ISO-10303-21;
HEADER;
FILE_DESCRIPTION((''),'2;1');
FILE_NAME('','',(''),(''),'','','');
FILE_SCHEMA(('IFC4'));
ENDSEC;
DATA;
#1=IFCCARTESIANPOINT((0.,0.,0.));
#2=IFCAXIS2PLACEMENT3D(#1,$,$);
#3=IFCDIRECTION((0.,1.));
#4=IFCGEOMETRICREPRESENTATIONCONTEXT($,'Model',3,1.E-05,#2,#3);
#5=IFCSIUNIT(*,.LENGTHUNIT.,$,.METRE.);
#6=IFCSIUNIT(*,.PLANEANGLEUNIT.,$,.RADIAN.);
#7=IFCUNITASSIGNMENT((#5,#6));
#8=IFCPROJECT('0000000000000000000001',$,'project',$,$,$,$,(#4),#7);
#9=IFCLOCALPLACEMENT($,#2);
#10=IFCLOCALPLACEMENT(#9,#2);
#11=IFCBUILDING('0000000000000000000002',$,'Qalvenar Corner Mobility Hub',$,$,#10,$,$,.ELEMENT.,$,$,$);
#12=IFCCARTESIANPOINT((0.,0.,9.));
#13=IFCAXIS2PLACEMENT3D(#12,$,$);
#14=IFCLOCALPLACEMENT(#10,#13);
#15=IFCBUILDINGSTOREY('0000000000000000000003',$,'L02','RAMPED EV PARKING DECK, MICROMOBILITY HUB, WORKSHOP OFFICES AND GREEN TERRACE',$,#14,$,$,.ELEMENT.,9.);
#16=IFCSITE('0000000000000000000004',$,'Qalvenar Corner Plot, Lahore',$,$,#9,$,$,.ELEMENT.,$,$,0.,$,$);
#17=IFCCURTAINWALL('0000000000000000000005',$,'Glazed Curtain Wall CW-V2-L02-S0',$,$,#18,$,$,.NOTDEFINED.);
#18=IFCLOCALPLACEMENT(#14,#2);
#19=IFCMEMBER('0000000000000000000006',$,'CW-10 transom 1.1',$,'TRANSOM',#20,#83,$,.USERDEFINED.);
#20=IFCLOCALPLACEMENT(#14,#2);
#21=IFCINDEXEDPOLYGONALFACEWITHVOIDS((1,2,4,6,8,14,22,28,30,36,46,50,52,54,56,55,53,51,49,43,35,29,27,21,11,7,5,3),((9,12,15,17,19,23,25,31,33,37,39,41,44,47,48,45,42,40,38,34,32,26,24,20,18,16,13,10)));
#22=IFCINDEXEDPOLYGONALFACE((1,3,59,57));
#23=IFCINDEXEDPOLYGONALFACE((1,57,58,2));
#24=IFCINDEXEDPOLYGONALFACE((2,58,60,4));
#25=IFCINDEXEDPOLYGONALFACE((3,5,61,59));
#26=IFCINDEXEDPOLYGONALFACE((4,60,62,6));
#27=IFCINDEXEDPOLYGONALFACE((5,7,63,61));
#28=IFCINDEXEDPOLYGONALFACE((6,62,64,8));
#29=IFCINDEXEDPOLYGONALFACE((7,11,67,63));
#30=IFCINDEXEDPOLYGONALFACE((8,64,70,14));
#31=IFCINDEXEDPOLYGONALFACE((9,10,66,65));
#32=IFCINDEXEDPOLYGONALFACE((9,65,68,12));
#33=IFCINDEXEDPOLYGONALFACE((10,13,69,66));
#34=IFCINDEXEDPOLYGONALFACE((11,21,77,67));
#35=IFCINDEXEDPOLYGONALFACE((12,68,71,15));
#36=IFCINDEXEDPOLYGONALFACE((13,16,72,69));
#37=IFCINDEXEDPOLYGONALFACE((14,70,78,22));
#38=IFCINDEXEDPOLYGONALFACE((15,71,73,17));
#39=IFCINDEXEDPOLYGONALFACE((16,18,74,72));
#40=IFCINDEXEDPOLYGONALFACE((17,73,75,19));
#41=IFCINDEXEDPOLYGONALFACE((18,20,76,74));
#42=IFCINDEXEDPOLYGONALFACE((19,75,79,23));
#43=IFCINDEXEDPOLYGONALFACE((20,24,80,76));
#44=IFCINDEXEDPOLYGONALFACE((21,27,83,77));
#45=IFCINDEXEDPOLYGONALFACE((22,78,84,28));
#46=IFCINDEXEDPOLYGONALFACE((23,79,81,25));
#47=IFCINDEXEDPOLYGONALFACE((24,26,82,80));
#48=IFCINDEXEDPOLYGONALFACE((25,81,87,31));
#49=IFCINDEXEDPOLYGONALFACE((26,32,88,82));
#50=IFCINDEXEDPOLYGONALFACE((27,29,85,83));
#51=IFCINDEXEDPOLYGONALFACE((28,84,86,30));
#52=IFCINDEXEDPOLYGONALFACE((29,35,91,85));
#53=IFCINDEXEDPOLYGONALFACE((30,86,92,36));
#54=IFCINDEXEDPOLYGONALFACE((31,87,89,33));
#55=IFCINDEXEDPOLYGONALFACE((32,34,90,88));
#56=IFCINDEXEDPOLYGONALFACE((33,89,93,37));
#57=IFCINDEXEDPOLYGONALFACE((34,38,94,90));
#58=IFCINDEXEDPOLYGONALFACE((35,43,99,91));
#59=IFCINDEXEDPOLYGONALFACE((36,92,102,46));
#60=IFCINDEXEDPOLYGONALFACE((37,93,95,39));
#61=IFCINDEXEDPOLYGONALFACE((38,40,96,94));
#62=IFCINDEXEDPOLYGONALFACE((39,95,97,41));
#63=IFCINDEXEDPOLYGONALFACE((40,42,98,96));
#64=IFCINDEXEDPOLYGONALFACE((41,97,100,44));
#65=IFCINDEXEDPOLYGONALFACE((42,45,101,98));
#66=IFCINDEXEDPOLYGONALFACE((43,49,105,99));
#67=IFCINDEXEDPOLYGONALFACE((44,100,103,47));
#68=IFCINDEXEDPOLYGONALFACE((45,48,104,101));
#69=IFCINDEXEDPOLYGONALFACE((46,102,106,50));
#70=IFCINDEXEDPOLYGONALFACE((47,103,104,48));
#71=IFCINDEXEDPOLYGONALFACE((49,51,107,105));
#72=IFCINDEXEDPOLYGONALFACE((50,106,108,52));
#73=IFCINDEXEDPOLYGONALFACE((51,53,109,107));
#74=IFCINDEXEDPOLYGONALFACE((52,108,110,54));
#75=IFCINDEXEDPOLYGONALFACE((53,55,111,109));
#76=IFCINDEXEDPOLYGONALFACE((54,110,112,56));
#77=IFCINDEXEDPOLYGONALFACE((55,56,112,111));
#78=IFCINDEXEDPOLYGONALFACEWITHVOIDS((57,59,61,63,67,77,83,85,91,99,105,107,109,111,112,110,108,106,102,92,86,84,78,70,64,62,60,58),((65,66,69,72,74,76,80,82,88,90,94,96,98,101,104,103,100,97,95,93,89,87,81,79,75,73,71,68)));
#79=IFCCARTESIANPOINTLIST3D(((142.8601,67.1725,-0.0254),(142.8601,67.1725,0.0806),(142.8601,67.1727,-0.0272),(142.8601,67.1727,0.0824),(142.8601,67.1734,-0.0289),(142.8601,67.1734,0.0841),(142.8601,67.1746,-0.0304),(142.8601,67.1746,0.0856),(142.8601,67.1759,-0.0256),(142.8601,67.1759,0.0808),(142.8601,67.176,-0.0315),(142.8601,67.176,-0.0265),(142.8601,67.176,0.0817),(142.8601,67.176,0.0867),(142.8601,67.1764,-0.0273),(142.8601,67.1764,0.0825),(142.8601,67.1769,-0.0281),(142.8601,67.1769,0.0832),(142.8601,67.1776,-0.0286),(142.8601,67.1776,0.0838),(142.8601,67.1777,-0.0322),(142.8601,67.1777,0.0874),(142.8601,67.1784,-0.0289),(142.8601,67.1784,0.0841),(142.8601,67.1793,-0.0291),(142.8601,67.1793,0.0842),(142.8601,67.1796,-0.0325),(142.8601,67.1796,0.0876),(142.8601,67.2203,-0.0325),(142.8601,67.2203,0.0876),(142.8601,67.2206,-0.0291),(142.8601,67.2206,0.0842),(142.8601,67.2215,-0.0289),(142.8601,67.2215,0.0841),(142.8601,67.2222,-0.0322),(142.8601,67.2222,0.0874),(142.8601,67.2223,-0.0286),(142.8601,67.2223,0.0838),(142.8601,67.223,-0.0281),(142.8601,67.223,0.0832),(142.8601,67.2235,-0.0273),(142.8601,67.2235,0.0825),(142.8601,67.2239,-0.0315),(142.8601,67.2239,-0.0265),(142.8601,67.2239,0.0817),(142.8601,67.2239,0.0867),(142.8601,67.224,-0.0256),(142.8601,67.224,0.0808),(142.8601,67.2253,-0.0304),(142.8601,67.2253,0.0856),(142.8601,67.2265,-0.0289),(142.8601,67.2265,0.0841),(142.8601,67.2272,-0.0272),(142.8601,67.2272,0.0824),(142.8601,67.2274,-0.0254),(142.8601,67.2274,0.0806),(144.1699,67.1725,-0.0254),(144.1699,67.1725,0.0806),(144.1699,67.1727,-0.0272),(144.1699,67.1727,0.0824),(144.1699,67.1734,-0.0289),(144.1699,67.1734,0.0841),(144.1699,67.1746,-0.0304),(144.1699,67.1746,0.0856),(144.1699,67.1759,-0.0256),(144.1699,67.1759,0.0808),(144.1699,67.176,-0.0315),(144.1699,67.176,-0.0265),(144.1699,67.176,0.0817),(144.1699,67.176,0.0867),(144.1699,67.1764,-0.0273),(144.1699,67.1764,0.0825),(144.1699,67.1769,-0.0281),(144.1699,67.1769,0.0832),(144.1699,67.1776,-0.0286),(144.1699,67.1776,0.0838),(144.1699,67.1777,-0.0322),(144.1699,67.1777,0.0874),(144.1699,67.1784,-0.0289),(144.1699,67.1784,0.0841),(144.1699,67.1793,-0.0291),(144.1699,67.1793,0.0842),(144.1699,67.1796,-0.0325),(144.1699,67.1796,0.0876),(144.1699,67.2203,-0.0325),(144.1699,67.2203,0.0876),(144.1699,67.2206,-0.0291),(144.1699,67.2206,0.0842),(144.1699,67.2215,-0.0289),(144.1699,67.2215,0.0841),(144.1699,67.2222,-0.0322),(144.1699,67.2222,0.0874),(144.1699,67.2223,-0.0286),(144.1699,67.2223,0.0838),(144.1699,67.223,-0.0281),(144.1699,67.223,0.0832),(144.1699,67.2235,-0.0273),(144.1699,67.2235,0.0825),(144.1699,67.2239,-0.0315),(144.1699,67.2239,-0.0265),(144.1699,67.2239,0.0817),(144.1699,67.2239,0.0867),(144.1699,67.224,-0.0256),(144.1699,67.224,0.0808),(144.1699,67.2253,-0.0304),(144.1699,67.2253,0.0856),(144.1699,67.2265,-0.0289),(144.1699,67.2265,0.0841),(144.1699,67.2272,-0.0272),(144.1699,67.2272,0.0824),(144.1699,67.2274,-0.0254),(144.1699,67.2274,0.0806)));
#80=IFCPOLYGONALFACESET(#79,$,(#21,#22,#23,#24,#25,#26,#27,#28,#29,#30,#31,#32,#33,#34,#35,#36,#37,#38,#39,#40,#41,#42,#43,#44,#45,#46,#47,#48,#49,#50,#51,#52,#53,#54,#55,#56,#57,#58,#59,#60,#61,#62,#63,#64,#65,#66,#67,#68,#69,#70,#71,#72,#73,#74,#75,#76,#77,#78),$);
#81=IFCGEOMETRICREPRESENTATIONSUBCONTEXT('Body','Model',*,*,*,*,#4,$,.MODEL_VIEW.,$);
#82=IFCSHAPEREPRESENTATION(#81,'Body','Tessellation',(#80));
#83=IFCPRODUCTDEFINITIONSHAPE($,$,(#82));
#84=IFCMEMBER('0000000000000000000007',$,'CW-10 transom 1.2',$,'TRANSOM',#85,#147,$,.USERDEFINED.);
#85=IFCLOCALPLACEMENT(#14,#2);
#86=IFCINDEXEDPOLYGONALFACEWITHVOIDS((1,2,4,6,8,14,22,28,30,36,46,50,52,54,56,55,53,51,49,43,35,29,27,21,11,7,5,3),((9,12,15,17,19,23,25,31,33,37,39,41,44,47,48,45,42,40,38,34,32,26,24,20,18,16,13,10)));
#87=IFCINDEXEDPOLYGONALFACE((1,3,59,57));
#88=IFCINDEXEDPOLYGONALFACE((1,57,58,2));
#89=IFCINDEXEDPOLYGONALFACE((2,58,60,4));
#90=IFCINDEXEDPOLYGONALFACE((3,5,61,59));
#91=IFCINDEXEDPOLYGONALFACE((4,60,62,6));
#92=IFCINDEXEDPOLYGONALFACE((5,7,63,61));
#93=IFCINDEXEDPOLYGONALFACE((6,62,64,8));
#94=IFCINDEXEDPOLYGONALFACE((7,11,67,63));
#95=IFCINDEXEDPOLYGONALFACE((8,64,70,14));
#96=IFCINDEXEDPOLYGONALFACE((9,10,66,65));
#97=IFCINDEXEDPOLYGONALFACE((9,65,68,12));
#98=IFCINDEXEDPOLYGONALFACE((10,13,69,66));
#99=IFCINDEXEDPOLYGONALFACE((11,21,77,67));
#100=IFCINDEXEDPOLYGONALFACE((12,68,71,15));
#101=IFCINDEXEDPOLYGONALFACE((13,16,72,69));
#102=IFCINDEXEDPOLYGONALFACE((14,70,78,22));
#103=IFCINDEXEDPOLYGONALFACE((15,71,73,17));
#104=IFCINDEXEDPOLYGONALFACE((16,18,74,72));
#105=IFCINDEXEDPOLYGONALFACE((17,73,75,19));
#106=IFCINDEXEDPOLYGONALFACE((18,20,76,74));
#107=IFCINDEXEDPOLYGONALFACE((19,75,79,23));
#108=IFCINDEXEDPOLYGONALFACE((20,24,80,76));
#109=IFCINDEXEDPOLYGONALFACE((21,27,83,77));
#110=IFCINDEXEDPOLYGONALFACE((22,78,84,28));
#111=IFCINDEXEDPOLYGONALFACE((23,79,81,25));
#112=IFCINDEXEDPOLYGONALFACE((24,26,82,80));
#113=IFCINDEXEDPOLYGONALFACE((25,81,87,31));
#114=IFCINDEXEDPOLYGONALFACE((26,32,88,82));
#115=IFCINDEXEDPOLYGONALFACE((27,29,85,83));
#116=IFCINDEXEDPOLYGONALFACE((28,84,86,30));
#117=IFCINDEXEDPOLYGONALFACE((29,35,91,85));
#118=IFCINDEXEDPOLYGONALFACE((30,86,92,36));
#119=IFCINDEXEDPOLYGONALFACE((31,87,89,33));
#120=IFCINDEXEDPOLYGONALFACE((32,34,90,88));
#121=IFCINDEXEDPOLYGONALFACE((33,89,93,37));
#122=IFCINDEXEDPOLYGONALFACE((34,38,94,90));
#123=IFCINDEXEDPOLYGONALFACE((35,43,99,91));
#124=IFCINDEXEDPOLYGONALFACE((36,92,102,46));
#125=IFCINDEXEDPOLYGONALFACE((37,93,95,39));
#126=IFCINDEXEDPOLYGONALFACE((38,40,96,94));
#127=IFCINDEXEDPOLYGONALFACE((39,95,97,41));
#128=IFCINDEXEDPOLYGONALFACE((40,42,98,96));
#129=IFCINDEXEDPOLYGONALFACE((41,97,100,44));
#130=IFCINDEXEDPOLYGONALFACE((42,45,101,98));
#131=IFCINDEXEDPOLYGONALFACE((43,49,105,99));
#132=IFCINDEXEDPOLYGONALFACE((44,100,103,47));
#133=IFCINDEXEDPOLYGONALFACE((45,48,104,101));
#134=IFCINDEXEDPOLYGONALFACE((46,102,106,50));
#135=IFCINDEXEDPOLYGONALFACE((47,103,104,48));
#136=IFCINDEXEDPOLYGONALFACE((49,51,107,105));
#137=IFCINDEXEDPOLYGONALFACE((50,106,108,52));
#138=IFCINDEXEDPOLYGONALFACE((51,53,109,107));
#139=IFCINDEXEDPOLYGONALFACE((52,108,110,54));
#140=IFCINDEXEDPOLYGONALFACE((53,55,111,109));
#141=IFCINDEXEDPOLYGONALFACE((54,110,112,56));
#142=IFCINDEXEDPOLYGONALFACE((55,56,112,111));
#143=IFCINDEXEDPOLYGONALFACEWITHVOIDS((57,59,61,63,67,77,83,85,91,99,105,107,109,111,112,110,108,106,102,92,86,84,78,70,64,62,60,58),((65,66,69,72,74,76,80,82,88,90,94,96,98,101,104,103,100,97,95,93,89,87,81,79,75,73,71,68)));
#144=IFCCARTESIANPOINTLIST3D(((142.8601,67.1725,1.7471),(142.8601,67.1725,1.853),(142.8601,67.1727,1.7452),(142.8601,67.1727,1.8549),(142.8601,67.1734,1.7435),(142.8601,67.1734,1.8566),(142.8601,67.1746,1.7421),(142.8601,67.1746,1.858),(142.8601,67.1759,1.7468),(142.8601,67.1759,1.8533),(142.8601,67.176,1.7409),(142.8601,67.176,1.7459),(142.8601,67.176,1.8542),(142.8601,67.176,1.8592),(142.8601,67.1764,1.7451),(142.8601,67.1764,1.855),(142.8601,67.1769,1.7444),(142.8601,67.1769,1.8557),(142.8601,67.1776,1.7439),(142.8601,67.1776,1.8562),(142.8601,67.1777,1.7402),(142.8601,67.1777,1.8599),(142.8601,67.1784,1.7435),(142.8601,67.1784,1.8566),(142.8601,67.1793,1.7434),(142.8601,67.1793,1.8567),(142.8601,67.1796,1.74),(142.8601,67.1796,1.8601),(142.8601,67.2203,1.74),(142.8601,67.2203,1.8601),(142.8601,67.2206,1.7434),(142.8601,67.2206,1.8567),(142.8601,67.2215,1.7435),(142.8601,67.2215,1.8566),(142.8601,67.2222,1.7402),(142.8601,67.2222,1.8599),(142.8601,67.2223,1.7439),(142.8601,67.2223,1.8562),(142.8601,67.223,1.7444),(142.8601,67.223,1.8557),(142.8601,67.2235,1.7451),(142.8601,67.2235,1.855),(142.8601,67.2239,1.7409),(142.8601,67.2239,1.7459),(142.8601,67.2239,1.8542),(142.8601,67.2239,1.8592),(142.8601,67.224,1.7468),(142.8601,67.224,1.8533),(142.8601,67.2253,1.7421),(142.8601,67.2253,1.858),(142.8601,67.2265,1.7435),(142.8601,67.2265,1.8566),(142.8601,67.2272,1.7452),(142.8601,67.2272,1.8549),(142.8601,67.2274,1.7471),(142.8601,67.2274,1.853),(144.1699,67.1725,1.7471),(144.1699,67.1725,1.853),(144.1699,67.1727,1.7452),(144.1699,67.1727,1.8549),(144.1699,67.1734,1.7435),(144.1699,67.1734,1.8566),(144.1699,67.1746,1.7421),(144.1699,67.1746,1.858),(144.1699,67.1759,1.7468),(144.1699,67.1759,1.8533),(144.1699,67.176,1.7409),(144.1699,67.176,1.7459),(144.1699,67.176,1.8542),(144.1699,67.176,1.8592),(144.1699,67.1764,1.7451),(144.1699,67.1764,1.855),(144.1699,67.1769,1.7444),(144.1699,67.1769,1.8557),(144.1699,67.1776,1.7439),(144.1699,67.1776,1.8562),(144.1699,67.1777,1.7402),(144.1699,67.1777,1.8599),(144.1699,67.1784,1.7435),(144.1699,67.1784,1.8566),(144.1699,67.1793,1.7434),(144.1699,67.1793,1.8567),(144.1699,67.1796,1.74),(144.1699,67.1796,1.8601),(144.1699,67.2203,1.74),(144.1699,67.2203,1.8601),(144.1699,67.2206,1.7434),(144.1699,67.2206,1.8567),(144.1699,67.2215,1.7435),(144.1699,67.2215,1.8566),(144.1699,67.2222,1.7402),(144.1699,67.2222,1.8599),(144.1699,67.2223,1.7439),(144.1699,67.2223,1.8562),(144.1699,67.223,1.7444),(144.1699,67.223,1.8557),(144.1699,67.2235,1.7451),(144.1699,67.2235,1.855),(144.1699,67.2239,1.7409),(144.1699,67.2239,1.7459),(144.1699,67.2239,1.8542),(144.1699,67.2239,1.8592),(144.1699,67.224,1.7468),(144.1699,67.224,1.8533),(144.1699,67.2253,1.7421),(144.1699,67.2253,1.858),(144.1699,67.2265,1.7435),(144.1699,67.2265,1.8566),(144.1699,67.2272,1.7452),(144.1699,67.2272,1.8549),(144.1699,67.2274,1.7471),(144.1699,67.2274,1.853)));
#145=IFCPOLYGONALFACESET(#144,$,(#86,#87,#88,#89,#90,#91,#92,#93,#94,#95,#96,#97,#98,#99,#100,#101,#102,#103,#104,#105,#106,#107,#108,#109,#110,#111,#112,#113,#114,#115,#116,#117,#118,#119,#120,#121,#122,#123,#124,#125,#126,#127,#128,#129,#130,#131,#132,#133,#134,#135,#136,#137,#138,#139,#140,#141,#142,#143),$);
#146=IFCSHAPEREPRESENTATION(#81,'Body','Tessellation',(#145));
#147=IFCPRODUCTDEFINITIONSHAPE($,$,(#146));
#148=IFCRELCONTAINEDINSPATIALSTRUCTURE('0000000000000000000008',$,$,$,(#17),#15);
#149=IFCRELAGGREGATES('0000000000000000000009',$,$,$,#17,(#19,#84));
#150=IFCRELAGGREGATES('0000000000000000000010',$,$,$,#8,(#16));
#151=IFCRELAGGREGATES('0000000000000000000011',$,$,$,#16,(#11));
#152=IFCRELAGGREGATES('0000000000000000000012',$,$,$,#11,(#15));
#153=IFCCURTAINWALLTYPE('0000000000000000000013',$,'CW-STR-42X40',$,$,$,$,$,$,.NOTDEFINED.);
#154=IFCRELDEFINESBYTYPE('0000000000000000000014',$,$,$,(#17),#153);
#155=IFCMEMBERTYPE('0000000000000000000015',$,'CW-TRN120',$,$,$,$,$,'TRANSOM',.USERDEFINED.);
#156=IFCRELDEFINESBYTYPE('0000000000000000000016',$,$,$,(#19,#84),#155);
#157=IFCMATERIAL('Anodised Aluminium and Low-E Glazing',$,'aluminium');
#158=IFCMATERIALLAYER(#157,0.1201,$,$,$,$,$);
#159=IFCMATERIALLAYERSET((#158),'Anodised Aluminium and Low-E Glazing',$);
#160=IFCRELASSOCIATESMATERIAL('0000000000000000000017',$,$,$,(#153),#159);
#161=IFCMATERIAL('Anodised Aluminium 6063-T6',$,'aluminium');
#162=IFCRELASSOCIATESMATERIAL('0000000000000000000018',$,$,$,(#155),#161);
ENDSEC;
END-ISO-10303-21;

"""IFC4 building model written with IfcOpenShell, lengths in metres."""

from ifc_helpers import new_model, si_unit, direction, frame, origin, origin_2d, place, context, subcontext, project, spatial, hollow_rectangle, extrude, material, layer, layer_set, material_profile, profile_set, type_object, element, aggregate, save


model = new_model("IFC4")

# Units and contexts
model_context = context("Model", 3, precision=1e-05, world=origin(), true_north=direction((0.0, 1.0)))
body_context = subcontext(model_context, "Body", "Model", "MODEL_VIEW")
ifc_project = project(units=[si_unit("LENGTHUNIT", "METRE"), si_unit("PLANEANGLEUNIT", "RADIAN")], contexts=[model_context])

# Site, building, storey
site_placement = place(None, origin())
site = spatial("IfcSite", under=ifc_project, at=site_placement, Name="Qalvenar Corner Plot, Lahore", CompositionType="ELEMENT", RefElevation=0.0)
building_placement = place(site_placement, origin())
building = spatial("IfcBuilding", under=site, at=building_placement, Name="Qalvenar Corner Mobility Hub", CompositionType="ELEMENT")
storey_placement = place(building_placement, frame((0.0, 0.0, 9.0)))
storey = spatial("IfcBuildingStorey", under=building, at=storey_placement, Name="L02", Description="RAMPED EV PARKING DECK, MICROMOBILITY HUB, WORKSHOP OFFICES AND GREEN TERRACE", CompositionType="ELEMENT", Elevation=9.0)

# Curtain wall, members
ifc_material_1 = material(Name="Anodised Aluminium and Low-E Glazing", Category="aluminium")
ifc_layer_1 = layer(ifc_material_1, 0.1201)
ifc_layer_set_1 = layer_set([ifc_layer_1], Name="Anodised Aluminium and Low-E Glazing")
curtain_wall_type = type_object("IfcCurtainWallType", Name="CW-STR-42X40", PredefinedType="NOTDEFINED", material=ifc_layer_set_1)
curtain_wall_placement = place(storey_placement, origin())
curtain_wall = element("IfcCurtainWall", 1, at=curtain_wall_placement, inside=storey, type_object=curtain_wall_type, Name="Glazed Curtain Wall CW-V2-L02-S0", PredefinedType="NOTDEFINED")
ifc_material_2 = material(Name="Anodised Aluminium 6063-T6", Category="aluminium")
ifc_material_profile_1 = material_profile(ifc_material_2, hollow_rectangle(XDim=0.0549, YDim=0.1201, WallThickness=0.0034, InnerFilletRadius=0.0034, OuterFilletRadius=0.0071, at=origin_2d()), Name="RHS120x55x3.5")
ifc_profile_set_1 = profile_set([ifc_material_profile_1], Name="Anodised Aluminium 6063-T6")
member_type_1 = type_object("IfcMemberType", Name="CW-TRN120", ElementType="TRANSOM", PredefinedType="USERDEFINED", material=ifc_profile_set_1)
member_1_placement = place(storey_placement, frame((142.8601, 67.2, 0.0276), z_axis=(1.0, 0.0, 0.0), x_axis=(0.0, 1.0, 0.0)))
member_1 = element("IfcMember", 2, at=member_1_placement, type_object=member_type_1, Name="CW-10 transom 1.1", ObjectType="TRANSOM", PredefinedType="USERDEFINED", context=body_context, shape_type="SweptSolid", body=[
    extrude(hollow_rectangle(XDim=0.0549, YDim=0.1201, WallThickness=0.0034, InnerFilletRadius=0.0034, OuterFilletRadius=0.0071, at=origin_2d()), origin(), (0.0, 0.0, 1.0), 1.3098),
])
member_2_placement = place(storey_placement, frame((142.8601, 67.2, 1.8), z_axis=(1.0, 0.0, 0.0), x_axis=(0.0, 1.0, 0.0)))
member_2 = element("IfcMember", 3, at=member_2_placement, type_object=member_type_1, Name="CW-10 transom 1.2", ObjectType="TRANSOM", PredefinedType="USERDEFINED", context=body_context, shape_type="SweptSolid", body=[
    extrude(hollow_rectangle(XDim=0.0549, YDim=0.1201, WallThickness=0.0034, InnerFilletRadius=0.0034, OuterFilletRadius=0.0071, at=origin_2d()), origin(), (0.0, 0.0, 1.0), 1.3098),
])

aggregate(curtain_wall, [member_1, member_2])

save(model, "model.ifc")
